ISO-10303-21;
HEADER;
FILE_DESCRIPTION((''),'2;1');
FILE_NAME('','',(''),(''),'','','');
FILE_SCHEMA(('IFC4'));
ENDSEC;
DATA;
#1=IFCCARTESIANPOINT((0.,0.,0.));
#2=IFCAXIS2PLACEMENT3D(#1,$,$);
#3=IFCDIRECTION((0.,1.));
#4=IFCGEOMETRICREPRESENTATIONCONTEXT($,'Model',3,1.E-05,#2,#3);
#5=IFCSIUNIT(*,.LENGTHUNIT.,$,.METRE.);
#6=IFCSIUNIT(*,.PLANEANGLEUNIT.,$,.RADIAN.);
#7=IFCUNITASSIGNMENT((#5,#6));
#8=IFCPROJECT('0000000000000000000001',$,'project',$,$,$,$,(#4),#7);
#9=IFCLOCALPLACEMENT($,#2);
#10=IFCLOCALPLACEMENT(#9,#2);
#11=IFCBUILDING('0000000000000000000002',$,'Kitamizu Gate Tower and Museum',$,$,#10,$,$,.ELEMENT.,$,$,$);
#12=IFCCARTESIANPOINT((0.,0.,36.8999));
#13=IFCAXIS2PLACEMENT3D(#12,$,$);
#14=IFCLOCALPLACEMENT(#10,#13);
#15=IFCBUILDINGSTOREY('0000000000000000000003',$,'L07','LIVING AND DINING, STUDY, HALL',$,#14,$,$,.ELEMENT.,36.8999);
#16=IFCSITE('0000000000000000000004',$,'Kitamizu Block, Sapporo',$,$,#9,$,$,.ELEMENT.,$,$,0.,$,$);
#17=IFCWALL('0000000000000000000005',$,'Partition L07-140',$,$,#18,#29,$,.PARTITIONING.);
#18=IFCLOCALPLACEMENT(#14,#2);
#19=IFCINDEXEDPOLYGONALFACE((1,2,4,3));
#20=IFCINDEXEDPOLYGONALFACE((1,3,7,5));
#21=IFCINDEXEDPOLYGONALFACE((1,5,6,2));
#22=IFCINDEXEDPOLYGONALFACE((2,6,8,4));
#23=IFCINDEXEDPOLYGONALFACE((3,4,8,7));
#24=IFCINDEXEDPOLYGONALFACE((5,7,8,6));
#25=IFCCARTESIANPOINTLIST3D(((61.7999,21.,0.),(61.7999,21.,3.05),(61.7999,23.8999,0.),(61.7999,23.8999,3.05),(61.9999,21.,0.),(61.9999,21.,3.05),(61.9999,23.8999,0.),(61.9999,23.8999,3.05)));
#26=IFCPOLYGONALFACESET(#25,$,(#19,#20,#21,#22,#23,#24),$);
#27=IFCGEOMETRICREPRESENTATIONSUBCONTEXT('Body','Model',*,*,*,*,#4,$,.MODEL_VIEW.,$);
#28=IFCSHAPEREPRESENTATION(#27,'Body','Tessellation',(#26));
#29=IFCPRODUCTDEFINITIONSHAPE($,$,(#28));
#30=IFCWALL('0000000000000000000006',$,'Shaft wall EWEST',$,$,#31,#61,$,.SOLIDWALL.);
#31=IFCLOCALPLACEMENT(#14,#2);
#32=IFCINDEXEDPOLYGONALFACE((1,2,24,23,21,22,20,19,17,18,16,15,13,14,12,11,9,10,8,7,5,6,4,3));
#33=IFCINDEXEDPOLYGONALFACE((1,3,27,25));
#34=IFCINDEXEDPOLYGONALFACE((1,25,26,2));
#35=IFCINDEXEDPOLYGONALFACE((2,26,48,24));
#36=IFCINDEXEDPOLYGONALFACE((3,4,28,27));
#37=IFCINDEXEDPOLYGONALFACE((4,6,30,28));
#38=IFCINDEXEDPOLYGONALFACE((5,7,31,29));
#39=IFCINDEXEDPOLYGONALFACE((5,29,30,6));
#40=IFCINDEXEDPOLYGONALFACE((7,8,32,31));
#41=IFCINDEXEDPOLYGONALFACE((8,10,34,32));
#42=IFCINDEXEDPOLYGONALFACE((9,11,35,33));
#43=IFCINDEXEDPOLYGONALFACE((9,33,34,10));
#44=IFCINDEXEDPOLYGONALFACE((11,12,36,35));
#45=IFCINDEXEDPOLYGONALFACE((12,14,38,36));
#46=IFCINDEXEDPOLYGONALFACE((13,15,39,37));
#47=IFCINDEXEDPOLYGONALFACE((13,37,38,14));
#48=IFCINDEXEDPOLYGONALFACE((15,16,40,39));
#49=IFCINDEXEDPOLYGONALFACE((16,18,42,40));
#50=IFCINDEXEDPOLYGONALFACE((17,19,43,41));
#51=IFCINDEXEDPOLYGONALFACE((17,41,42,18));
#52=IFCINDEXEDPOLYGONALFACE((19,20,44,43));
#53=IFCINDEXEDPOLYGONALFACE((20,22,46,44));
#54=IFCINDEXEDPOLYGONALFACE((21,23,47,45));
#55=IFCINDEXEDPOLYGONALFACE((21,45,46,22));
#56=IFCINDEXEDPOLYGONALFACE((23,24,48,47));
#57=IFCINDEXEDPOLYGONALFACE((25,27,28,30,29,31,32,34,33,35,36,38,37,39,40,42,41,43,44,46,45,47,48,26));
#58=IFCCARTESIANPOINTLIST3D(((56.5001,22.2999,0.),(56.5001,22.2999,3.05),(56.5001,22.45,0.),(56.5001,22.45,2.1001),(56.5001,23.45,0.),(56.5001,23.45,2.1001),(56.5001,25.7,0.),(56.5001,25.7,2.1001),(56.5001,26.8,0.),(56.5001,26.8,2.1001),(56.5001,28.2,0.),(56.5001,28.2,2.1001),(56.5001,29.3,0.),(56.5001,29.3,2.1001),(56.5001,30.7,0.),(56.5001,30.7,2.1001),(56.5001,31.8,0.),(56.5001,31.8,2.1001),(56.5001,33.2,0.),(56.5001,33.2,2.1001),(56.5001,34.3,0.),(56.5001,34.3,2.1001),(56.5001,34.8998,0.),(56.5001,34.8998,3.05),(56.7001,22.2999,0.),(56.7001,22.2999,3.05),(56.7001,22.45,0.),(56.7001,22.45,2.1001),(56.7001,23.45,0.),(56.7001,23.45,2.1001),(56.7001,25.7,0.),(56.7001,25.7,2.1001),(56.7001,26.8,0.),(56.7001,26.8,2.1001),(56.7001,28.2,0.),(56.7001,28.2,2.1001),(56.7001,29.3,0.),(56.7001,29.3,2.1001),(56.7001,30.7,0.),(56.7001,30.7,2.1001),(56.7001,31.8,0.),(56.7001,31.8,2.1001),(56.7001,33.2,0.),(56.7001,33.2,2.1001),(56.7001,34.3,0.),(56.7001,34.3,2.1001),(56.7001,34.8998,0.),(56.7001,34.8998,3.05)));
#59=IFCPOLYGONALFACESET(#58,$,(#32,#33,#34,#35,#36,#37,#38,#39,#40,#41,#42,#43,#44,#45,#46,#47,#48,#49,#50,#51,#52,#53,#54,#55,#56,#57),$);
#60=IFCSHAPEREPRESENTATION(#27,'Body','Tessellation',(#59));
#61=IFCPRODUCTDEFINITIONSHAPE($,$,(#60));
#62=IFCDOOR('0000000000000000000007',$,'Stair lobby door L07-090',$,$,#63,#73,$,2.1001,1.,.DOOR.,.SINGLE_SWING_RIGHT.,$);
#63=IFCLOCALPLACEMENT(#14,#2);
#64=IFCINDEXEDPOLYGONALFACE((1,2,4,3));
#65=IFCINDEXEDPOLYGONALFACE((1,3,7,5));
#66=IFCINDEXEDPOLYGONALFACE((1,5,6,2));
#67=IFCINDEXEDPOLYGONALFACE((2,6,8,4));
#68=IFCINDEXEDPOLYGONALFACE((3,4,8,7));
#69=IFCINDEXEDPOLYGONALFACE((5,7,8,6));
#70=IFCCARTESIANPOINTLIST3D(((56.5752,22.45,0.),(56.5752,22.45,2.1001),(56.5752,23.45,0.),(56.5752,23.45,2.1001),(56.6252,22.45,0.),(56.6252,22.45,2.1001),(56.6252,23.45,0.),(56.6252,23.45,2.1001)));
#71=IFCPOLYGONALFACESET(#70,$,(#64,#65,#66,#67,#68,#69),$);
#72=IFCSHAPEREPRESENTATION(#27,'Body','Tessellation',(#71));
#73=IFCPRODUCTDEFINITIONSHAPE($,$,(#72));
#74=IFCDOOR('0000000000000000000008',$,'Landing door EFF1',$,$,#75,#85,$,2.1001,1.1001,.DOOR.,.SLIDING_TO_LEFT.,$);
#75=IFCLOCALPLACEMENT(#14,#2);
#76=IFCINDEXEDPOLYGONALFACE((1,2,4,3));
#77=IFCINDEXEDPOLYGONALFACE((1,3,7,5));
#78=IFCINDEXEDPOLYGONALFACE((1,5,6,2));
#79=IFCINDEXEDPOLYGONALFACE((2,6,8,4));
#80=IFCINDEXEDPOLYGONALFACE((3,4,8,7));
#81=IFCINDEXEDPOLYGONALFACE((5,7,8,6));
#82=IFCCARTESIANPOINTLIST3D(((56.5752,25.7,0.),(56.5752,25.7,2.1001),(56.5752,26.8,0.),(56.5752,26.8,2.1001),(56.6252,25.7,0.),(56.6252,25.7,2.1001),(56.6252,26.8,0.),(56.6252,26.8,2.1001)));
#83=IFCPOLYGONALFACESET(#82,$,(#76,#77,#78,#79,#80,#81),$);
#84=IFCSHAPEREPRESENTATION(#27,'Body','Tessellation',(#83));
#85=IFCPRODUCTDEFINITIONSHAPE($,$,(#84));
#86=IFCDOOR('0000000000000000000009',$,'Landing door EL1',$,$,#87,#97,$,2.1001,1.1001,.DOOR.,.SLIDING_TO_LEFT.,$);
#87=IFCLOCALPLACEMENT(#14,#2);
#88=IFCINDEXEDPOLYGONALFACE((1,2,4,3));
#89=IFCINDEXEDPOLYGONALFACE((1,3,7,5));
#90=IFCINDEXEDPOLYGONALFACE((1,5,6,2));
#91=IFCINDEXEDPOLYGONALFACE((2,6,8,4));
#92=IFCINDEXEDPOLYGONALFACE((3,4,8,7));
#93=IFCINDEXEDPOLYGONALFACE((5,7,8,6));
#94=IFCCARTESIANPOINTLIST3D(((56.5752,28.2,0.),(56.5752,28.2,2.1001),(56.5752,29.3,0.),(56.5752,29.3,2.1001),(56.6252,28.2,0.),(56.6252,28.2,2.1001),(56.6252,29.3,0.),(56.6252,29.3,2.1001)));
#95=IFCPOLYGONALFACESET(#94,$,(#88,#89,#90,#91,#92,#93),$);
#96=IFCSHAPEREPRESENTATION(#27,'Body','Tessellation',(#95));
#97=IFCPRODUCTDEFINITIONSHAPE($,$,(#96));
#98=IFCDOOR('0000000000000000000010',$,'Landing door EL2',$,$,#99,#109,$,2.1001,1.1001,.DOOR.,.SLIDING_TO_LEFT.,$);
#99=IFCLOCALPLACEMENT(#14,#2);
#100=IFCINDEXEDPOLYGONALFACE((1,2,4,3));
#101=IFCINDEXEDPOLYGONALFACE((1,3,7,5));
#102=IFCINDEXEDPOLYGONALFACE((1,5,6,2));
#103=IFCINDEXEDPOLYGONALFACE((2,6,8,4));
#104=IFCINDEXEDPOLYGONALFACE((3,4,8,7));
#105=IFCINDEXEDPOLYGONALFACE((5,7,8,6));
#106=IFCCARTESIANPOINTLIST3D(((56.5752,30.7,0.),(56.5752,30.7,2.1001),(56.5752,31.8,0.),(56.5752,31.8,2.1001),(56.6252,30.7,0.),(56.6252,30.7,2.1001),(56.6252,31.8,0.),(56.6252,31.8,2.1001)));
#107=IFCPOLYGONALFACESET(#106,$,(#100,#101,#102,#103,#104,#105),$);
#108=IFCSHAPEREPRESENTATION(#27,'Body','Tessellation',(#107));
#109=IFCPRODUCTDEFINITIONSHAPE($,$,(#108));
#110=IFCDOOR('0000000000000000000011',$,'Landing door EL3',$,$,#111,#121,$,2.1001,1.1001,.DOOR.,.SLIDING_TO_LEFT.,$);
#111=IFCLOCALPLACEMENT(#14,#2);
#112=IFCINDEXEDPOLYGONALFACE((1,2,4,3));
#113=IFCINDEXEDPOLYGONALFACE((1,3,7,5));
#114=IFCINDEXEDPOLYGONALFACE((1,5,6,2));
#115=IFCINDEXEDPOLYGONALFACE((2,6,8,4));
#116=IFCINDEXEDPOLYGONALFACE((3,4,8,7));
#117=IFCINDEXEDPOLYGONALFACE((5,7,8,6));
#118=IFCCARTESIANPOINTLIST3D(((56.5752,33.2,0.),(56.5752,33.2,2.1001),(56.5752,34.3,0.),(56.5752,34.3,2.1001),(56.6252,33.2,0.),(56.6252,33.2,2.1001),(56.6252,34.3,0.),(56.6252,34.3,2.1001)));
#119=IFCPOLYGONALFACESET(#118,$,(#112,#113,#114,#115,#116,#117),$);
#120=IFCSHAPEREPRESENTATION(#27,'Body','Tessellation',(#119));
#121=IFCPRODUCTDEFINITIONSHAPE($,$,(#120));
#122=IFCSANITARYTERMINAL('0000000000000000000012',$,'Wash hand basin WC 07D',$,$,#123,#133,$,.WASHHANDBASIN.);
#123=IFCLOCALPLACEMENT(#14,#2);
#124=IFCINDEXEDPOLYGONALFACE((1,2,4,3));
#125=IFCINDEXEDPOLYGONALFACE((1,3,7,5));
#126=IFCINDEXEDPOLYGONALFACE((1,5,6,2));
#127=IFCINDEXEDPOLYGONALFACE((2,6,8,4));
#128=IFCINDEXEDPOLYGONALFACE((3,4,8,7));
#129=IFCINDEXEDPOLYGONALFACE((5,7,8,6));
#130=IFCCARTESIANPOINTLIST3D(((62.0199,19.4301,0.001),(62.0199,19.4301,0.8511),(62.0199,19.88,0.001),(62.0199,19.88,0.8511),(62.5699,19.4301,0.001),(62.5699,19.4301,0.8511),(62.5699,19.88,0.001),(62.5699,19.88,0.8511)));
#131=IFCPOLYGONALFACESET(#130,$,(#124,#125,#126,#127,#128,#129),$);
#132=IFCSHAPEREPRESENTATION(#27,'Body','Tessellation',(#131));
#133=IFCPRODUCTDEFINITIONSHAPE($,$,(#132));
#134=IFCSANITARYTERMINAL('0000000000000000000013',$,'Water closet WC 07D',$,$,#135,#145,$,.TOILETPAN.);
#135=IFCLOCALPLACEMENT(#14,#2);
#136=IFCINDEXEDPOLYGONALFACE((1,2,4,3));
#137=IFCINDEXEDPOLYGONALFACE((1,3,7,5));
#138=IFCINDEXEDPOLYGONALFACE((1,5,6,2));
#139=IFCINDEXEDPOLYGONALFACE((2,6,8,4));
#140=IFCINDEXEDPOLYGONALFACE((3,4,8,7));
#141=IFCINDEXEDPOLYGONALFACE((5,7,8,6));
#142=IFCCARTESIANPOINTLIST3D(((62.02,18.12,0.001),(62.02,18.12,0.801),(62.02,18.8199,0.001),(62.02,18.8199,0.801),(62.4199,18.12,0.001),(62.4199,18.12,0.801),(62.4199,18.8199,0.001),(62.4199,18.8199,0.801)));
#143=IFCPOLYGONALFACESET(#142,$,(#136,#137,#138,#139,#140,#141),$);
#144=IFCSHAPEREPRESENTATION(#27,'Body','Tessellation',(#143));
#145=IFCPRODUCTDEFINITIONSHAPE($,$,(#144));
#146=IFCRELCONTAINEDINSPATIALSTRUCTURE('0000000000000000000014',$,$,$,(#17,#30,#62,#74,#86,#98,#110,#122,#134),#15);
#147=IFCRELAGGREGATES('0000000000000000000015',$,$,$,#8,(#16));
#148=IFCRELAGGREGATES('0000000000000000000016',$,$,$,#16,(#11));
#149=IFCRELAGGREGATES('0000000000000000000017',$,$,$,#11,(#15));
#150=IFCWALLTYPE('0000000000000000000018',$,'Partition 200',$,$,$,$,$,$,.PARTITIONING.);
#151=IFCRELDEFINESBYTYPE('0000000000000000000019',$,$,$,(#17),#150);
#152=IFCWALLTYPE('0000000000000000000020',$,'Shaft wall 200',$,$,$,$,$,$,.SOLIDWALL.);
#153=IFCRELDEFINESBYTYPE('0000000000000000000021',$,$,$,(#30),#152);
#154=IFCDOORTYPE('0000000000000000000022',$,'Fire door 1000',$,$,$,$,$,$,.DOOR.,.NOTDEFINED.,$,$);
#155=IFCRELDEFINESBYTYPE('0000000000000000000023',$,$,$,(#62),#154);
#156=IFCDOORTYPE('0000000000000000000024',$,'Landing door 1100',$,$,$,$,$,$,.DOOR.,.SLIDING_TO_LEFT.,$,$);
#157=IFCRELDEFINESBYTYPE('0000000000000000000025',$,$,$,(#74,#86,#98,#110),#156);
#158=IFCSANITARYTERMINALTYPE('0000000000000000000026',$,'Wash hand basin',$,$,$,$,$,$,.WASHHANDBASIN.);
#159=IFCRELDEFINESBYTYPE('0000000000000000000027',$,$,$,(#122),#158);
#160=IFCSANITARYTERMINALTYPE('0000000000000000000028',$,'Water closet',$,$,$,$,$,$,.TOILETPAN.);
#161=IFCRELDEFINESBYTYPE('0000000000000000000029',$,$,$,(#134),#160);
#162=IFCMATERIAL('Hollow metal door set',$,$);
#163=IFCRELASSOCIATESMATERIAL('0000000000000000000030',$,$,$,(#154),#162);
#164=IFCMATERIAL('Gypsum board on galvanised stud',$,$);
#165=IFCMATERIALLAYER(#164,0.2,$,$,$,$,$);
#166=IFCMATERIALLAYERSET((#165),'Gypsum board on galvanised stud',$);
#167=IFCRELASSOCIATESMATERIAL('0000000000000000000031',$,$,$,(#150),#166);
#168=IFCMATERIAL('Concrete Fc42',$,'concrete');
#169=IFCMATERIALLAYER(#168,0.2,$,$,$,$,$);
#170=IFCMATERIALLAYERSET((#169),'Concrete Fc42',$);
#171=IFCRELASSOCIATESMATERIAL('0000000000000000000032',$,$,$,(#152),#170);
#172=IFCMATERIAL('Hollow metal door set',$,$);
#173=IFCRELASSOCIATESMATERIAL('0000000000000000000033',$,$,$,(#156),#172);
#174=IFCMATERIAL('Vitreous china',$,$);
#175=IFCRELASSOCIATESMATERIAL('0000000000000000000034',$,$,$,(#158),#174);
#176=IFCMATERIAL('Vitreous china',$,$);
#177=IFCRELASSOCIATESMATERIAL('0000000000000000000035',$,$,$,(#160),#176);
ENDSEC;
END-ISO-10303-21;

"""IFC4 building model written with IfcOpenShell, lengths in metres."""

from ifc_helpers import new_model, si_unit, direction, frame, frame_2d, origin, origin_2d, place, context, subcontext, project, spatial, rectangle, extrude, material, layer, layer_set, type_object, element, fill, save


model = new_model("IFC4")

# Units and contexts
model_context = context("Model", 3, precision=1e-05, world=origin(), true_north=direction((0.0, 1.0)))
body_context = subcontext(model_context, "Body", "Model", "MODEL_VIEW")
ifc_project = project(units=[si_unit("LENGTHUNIT", "METRE"), si_unit("PLANEANGLEUNIT", "RADIAN")], contexts=[model_context])

# Site, building, storey
site_placement = place(None, origin())
site = spatial("IfcSite", under=ifc_project, at=site_placement, Name="Kitamizu Block, Sapporo", CompositionType="ELEMENT", RefElevation=0.0)
building_placement = place(site_placement, origin())
building = spatial("IfcBuilding", under=site, at=building_placement, Name="Kitamizu Gate Tower and Museum", CompositionType="ELEMENT")
storey_placement = place(building_placement, frame((0.0, 0.0, 36.8999)))
storey = spatial("IfcBuildingStorey", under=building, at=storey_placement, Name="L07", Description="LIVING AND DINING, STUDY, HALL", CompositionType="ELEMENT", Elevation=36.8999)

# Shared definitions
ifc_material_1 = material(Name="Hollow metal door set")
door_type_1 = type_object("IfcDoorType", Name="Fire door 1000", OperationType="NOTDEFINED", PredefinedType="DOOR", material=ifc_material_1)

# Shared definitions
ifc_material_2 = material(Name="Gypsum board on galvanised stud")
ifc_layer_1 = layer(ifc_material_2, 0.2)
ifc_layer_set_1 = layer_set([ifc_layer_1], Name="Gypsum board on galvanised stud")
wall_type_1 = type_object("IfcWallType", Name="Partition 200", PredefinedType="PARTITIONING", material=ifc_layer_set_1)

# Wall
for number, where, z_axis, x_axis, name in (
    (1, (61.8999, 23.8999, 0.0), (0.0, 0.0, 1.0), (0.0, -1.0, 0.0), "Partition L07-140"),
):
    element("IfcWall", number, at=place(storey_placement, frame(where, z_axis=z_axis, x_axis=x_axis)), inside=storey, type_object=wall_type_1, Name=name, PredefinedType="PARTITIONING", context=body_context, shape_type="SweptSolid", body=[
        extrude(rectangle(XDim=2.8999, YDim=0.2, at=frame_2d((1.45, 0.0))), origin(), (0.0, 0.0, 1.0), 3.05),
    ])

# Wall, openings, doors
ifc_material_3 = material(Name="Concrete Fc42", Category="concrete")
ifc_layer_2 = layer(ifc_material_3, 0.2)
ifc_layer_set_2 = layer_set([ifc_layer_2], Name="Concrete Fc42")
wall_type_2 = type_object("IfcWallType", Name="Shaft wall 200", PredefinedType="SOLIDWALL", material=ifc_layer_set_2)
wall_1_placement = place(storey_placement, frame((56.6001, 22.3, 0.0), z_axis=(0.0, 0.0, 1.0), x_axis=(0.0, 1.0, 0.0)))
wall_1 = element("IfcWall", 2, at=wall_1_placement, inside=storey, type_object=wall_type_2, Name="Shaft wall EWEST", PredefinedType="SOLIDWALL", context=body_context, shape_type="SweptSolid", body=[
    extrude(rectangle(XDim=12.5999, YDim=0.2, at=frame_2d((6.2998, 0.0))), origin(), (0.0, 0.0, 1.0), 3.05),
])
opening_1_placement = place(wall_1_placement, frame((3.3999, 0.0, 0.0)))
opening_1 = element("IfcOpeningElement", 3, at=opening_1_placement, cuts=wall_1, PredefinedType="OPENING", context=body_context, shape_type="SweptSolid", body=[
    extrude(rectangle(XDim=1.1001, YDim=2.1001, at=frame_2d((0.55, 1.05))), frame((0.0, 0.1099, 0.0), z_axis=(0.0, -1.0, 0.0), x_axis=(1.0, 0.0, 0.0)), (0.0, 0.0, 1.0), 0.22),
])
opening_2_placement = place(wall_1_placement, frame((5.8999, 0.0, 0.0)))
opening_2 = element("IfcOpeningElement", 4, at=opening_2_placement, cuts=wall_1, PredefinedType="OPENING", context=body_context, shape_type="SweptSolid", body=[
    extrude(rectangle(XDim=1.1001, YDim=2.1001, at=frame_2d((0.55, 1.05))), frame((0.0, 0.1099, 0.0), z_axis=(0.0, -1.0, 0.0), x_axis=(1.0, 0.0, 0.0)), (0.0, 0.0, 1.0), 0.22),
])
opening_3_placement = place(wall_1_placement, frame((8.3999, 0.0, 0.0)))
opening_3 = element("IfcOpeningElement", 5, at=opening_3_placement, cuts=wall_1, PredefinedType="OPENING", context=body_context, shape_type="SweptSolid", body=[
    extrude(rectangle(XDim=1.1001, YDim=2.1001, at=frame_2d((0.55, 1.05))), frame((0.0, 0.1099, 0.0), z_axis=(0.0, -1.0, 0.0), x_axis=(1.0, 0.0, 0.0)), (0.0, 0.0, 1.0), 0.22),
])
opening_4_placement = place(wall_1_placement, frame((10.8999, 0.0, 0.0)))
opening_4 = element("IfcOpeningElement", 6, at=opening_4_placement, cuts=wall_1, PredefinedType="OPENING", context=body_context, shape_type="SweptSolid", body=[
    extrude(rectangle(XDim=1.1001, YDim=2.1001, at=frame_2d((0.55, 1.05))), frame((0.0, 0.1099, 0.0), z_axis=(0.0, -1.0, 0.0), x_axis=(1.0, 0.0, 0.0)), (0.0, 0.0, 1.0), 0.22),
])
opening_5_placement = place(wall_1_placement, frame((0.1499, 0.0, 0.0)))
opening_5 = element("IfcOpeningElement", 7, at=opening_5_placement, cuts=wall_1, PredefinedType="OPENING", context=body_context, shape_type="SweptSolid", body=[
    extrude(rectangle(XDim=1.0, YDim=2.1001, at=frame_2d((0.5, 1.05))), frame((0.0, 0.1099, 0.0), z_axis=(0.0, -1.0, 0.0), x_axis=(1.0, 0.0, 0.0)), (0.0, 0.0, 1.0), 0.22),
])
door_1_placement = place(opening_5_placement, origin())
door_1 = element("IfcDoor", 8, at=door_1_placement, inside=storey, type_object=door_type_1, Name="Stair lobby door L07-090", OperationType="SINGLE_SWING_RIGHT", OverallHeight=2.1001, OverallWidth=1.0, PredefinedType="DOOR", context=body_context, shape_type="SweptSolid", body=[
    extrude(rectangle(XDim=1.0, YDim=2.1001, at=frame_2d((0.5, 1.05))), frame((0.0, 0.0249, 0.0), z_axis=(0.0, -1.0, 0.0), x_axis=(1.0, 0.0, 0.0)), (0.0, 0.0, 1.0), 0.05),
])
fill(opening_5, door_1)
ifc_material_4 = material(Name="Hollow metal door set")
door_type_2 = type_object("IfcDoorType", Name="Landing door 1100", OperationType="SLIDING_TO_LEFT", PredefinedType="DOOR", material=ifc_material_4)
door_2_placement = place(opening_1_placement, origin())
door_2 = element("IfcDoor", 9, at=door_2_placement, inside=storey, type_object=door_type_2, Name="Landing door EFF1", OperationType="SLIDING_TO_LEFT", OverallHeight=2.1001, OverallWidth=1.1001, PredefinedType="DOOR", context=body_context, shape_type="SweptSolid", body=[
    extrude(rectangle(XDim=1.1001, YDim=2.1001, at=frame_2d((0.55, 1.05))), frame((0.0, 0.0249, 0.0), z_axis=(0.0, -1.0, 0.0), x_axis=(1.0, 0.0, 0.0)), (0.0, 0.0, 1.0), 0.05),
])
fill(opening_1, door_2)
door_3_placement = place(opening_2_placement, origin())
door_3 = element("IfcDoor", 10, at=door_3_placement, inside=storey, type_object=door_type_2, Name="Landing door EL1", OperationType="SLIDING_TO_LEFT", OverallHeight=2.1001, OverallWidth=1.1001, PredefinedType="DOOR", context=body_context, shape_type="SweptSolid", body=[
    extrude(rectangle(XDim=1.1001, YDim=2.1001, at=frame_2d((0.55, 1.05))), frame((0.0, 0.0249, 0.0), z_axis=(0.0, -1.0, 0.0), x_axis=(1.0, 0.0, 0.0)), (0.0, 0.0, 1.0), 0.05),
])
fill(opening_2, door_3)
door_4_placement = place(opening_3_placement, origin())
door_4 = element("IfcDoor", 11, at=door_4_placement, inside=storey, type_object=door_type_2, Name="Landing door EL2", OperationType="SLIDING_TO_LEFT", OverallHeight=2.1001, OverallWidth=1.1001, PredefinedType="DOOR", context=body_context, shape_type="SweptSolid", body=[
    extrude(rectangle(XDim=1.1001, YDim=2.1001, at=frame_2d((0.55, 1.05))), frame((0.0, 0.0249, 0.0), z_axis=(0.0, -1.0, 0.0), x_axis=(1.0, 0.0, 0.0)), (0.0, 0.0, 1.0), 0.05),
])
fill(opening_3, door_4)
door_5_placement = place(opening_4_placement, origin())
door_5 = element("IfcDoor", 12, at=door_5_placement, inside=storey, type_object=door_type_2, Name="Landing door EL3", OperationType="SLIDING_TO_LEFT", OverallHeight=2.1001, OverallWidth=1.1001, PredefinedType="DOOR", context=body_context, shape_type="SweptSolid", body=[
    extrude(rectangle(XDim=1.1001, YDim=2.1001, at=frame_2d((0.55, 1.05))), frame((0.0, 0.0249, 0.0), z_axis=(0.0, -1.0, 0.0), x_axis=(1.0, 0.0, 0.0)), (0.0, 0.0, 1.0), 0.05),
])
fill(opening_4, door_5)

# Sanitary terminals
ifc_material_5 = material(Name="Vitreous china")
sanitary_terminal_type_1 = type_object("IfcSanitaryTerminalType", Name="Wash hand basin", PredefinedType="WASHHANDBASIN", material=ifc_material_5)
sanitary_terminal_1_placement = place(storey_placement, frame((62.2949, 19.655, 0.001), z_axis=(0.0, 0.0, 1.0), x_axis=(1.0, 0.0, 0.0)))
element("IfcSanitaryTerminal", 13, at=sanitary_terminal_1_placement, inside=storey, type_object=sanitary_terminal_type_1, Name="Wash hand basin WC 07D", PredefinedType="WASHHANDBASIN", context=body_context, shape_type="SweptSolid", body=[
    extrude(rectangle(XDim=0.55, YDim=0.45, at=origin_2d()), origin(), (0.0, 0.0, 1.0), 0.8501),
])
ifc_material_6 = material(Name="Vitreous china")
sanitary_terminal_type_2 = type_object("IfcSanitaryTerminalType", Name="Water closet", PredefinedType="TOILETPAN", material=ifc_material_6)
sanitary_terminal_2_placement = place(storey_placement, frame((62.22, 18.47, 0.001), z_axis=(0.0, 0.0, 1.0), x_axis=(1.0, 0.0, 0.0)))
element("IfcSanitaryTerminal", 14, at=sanitary_terminal_2_placement, inside=storey, type_object=sanitary_terminal_type_2, Name="Water closet WC 07D", PredefinedType="TOILETPAN", context=body_context, shape_type="SweptSolid", body=[
    extrude(rectangle(XDim=0.3999, YDim=0.7, at=origin_2d()), origin(), (0.0, 0.0, 1.0), 0.8),
])

save(model, "model.ifc")
